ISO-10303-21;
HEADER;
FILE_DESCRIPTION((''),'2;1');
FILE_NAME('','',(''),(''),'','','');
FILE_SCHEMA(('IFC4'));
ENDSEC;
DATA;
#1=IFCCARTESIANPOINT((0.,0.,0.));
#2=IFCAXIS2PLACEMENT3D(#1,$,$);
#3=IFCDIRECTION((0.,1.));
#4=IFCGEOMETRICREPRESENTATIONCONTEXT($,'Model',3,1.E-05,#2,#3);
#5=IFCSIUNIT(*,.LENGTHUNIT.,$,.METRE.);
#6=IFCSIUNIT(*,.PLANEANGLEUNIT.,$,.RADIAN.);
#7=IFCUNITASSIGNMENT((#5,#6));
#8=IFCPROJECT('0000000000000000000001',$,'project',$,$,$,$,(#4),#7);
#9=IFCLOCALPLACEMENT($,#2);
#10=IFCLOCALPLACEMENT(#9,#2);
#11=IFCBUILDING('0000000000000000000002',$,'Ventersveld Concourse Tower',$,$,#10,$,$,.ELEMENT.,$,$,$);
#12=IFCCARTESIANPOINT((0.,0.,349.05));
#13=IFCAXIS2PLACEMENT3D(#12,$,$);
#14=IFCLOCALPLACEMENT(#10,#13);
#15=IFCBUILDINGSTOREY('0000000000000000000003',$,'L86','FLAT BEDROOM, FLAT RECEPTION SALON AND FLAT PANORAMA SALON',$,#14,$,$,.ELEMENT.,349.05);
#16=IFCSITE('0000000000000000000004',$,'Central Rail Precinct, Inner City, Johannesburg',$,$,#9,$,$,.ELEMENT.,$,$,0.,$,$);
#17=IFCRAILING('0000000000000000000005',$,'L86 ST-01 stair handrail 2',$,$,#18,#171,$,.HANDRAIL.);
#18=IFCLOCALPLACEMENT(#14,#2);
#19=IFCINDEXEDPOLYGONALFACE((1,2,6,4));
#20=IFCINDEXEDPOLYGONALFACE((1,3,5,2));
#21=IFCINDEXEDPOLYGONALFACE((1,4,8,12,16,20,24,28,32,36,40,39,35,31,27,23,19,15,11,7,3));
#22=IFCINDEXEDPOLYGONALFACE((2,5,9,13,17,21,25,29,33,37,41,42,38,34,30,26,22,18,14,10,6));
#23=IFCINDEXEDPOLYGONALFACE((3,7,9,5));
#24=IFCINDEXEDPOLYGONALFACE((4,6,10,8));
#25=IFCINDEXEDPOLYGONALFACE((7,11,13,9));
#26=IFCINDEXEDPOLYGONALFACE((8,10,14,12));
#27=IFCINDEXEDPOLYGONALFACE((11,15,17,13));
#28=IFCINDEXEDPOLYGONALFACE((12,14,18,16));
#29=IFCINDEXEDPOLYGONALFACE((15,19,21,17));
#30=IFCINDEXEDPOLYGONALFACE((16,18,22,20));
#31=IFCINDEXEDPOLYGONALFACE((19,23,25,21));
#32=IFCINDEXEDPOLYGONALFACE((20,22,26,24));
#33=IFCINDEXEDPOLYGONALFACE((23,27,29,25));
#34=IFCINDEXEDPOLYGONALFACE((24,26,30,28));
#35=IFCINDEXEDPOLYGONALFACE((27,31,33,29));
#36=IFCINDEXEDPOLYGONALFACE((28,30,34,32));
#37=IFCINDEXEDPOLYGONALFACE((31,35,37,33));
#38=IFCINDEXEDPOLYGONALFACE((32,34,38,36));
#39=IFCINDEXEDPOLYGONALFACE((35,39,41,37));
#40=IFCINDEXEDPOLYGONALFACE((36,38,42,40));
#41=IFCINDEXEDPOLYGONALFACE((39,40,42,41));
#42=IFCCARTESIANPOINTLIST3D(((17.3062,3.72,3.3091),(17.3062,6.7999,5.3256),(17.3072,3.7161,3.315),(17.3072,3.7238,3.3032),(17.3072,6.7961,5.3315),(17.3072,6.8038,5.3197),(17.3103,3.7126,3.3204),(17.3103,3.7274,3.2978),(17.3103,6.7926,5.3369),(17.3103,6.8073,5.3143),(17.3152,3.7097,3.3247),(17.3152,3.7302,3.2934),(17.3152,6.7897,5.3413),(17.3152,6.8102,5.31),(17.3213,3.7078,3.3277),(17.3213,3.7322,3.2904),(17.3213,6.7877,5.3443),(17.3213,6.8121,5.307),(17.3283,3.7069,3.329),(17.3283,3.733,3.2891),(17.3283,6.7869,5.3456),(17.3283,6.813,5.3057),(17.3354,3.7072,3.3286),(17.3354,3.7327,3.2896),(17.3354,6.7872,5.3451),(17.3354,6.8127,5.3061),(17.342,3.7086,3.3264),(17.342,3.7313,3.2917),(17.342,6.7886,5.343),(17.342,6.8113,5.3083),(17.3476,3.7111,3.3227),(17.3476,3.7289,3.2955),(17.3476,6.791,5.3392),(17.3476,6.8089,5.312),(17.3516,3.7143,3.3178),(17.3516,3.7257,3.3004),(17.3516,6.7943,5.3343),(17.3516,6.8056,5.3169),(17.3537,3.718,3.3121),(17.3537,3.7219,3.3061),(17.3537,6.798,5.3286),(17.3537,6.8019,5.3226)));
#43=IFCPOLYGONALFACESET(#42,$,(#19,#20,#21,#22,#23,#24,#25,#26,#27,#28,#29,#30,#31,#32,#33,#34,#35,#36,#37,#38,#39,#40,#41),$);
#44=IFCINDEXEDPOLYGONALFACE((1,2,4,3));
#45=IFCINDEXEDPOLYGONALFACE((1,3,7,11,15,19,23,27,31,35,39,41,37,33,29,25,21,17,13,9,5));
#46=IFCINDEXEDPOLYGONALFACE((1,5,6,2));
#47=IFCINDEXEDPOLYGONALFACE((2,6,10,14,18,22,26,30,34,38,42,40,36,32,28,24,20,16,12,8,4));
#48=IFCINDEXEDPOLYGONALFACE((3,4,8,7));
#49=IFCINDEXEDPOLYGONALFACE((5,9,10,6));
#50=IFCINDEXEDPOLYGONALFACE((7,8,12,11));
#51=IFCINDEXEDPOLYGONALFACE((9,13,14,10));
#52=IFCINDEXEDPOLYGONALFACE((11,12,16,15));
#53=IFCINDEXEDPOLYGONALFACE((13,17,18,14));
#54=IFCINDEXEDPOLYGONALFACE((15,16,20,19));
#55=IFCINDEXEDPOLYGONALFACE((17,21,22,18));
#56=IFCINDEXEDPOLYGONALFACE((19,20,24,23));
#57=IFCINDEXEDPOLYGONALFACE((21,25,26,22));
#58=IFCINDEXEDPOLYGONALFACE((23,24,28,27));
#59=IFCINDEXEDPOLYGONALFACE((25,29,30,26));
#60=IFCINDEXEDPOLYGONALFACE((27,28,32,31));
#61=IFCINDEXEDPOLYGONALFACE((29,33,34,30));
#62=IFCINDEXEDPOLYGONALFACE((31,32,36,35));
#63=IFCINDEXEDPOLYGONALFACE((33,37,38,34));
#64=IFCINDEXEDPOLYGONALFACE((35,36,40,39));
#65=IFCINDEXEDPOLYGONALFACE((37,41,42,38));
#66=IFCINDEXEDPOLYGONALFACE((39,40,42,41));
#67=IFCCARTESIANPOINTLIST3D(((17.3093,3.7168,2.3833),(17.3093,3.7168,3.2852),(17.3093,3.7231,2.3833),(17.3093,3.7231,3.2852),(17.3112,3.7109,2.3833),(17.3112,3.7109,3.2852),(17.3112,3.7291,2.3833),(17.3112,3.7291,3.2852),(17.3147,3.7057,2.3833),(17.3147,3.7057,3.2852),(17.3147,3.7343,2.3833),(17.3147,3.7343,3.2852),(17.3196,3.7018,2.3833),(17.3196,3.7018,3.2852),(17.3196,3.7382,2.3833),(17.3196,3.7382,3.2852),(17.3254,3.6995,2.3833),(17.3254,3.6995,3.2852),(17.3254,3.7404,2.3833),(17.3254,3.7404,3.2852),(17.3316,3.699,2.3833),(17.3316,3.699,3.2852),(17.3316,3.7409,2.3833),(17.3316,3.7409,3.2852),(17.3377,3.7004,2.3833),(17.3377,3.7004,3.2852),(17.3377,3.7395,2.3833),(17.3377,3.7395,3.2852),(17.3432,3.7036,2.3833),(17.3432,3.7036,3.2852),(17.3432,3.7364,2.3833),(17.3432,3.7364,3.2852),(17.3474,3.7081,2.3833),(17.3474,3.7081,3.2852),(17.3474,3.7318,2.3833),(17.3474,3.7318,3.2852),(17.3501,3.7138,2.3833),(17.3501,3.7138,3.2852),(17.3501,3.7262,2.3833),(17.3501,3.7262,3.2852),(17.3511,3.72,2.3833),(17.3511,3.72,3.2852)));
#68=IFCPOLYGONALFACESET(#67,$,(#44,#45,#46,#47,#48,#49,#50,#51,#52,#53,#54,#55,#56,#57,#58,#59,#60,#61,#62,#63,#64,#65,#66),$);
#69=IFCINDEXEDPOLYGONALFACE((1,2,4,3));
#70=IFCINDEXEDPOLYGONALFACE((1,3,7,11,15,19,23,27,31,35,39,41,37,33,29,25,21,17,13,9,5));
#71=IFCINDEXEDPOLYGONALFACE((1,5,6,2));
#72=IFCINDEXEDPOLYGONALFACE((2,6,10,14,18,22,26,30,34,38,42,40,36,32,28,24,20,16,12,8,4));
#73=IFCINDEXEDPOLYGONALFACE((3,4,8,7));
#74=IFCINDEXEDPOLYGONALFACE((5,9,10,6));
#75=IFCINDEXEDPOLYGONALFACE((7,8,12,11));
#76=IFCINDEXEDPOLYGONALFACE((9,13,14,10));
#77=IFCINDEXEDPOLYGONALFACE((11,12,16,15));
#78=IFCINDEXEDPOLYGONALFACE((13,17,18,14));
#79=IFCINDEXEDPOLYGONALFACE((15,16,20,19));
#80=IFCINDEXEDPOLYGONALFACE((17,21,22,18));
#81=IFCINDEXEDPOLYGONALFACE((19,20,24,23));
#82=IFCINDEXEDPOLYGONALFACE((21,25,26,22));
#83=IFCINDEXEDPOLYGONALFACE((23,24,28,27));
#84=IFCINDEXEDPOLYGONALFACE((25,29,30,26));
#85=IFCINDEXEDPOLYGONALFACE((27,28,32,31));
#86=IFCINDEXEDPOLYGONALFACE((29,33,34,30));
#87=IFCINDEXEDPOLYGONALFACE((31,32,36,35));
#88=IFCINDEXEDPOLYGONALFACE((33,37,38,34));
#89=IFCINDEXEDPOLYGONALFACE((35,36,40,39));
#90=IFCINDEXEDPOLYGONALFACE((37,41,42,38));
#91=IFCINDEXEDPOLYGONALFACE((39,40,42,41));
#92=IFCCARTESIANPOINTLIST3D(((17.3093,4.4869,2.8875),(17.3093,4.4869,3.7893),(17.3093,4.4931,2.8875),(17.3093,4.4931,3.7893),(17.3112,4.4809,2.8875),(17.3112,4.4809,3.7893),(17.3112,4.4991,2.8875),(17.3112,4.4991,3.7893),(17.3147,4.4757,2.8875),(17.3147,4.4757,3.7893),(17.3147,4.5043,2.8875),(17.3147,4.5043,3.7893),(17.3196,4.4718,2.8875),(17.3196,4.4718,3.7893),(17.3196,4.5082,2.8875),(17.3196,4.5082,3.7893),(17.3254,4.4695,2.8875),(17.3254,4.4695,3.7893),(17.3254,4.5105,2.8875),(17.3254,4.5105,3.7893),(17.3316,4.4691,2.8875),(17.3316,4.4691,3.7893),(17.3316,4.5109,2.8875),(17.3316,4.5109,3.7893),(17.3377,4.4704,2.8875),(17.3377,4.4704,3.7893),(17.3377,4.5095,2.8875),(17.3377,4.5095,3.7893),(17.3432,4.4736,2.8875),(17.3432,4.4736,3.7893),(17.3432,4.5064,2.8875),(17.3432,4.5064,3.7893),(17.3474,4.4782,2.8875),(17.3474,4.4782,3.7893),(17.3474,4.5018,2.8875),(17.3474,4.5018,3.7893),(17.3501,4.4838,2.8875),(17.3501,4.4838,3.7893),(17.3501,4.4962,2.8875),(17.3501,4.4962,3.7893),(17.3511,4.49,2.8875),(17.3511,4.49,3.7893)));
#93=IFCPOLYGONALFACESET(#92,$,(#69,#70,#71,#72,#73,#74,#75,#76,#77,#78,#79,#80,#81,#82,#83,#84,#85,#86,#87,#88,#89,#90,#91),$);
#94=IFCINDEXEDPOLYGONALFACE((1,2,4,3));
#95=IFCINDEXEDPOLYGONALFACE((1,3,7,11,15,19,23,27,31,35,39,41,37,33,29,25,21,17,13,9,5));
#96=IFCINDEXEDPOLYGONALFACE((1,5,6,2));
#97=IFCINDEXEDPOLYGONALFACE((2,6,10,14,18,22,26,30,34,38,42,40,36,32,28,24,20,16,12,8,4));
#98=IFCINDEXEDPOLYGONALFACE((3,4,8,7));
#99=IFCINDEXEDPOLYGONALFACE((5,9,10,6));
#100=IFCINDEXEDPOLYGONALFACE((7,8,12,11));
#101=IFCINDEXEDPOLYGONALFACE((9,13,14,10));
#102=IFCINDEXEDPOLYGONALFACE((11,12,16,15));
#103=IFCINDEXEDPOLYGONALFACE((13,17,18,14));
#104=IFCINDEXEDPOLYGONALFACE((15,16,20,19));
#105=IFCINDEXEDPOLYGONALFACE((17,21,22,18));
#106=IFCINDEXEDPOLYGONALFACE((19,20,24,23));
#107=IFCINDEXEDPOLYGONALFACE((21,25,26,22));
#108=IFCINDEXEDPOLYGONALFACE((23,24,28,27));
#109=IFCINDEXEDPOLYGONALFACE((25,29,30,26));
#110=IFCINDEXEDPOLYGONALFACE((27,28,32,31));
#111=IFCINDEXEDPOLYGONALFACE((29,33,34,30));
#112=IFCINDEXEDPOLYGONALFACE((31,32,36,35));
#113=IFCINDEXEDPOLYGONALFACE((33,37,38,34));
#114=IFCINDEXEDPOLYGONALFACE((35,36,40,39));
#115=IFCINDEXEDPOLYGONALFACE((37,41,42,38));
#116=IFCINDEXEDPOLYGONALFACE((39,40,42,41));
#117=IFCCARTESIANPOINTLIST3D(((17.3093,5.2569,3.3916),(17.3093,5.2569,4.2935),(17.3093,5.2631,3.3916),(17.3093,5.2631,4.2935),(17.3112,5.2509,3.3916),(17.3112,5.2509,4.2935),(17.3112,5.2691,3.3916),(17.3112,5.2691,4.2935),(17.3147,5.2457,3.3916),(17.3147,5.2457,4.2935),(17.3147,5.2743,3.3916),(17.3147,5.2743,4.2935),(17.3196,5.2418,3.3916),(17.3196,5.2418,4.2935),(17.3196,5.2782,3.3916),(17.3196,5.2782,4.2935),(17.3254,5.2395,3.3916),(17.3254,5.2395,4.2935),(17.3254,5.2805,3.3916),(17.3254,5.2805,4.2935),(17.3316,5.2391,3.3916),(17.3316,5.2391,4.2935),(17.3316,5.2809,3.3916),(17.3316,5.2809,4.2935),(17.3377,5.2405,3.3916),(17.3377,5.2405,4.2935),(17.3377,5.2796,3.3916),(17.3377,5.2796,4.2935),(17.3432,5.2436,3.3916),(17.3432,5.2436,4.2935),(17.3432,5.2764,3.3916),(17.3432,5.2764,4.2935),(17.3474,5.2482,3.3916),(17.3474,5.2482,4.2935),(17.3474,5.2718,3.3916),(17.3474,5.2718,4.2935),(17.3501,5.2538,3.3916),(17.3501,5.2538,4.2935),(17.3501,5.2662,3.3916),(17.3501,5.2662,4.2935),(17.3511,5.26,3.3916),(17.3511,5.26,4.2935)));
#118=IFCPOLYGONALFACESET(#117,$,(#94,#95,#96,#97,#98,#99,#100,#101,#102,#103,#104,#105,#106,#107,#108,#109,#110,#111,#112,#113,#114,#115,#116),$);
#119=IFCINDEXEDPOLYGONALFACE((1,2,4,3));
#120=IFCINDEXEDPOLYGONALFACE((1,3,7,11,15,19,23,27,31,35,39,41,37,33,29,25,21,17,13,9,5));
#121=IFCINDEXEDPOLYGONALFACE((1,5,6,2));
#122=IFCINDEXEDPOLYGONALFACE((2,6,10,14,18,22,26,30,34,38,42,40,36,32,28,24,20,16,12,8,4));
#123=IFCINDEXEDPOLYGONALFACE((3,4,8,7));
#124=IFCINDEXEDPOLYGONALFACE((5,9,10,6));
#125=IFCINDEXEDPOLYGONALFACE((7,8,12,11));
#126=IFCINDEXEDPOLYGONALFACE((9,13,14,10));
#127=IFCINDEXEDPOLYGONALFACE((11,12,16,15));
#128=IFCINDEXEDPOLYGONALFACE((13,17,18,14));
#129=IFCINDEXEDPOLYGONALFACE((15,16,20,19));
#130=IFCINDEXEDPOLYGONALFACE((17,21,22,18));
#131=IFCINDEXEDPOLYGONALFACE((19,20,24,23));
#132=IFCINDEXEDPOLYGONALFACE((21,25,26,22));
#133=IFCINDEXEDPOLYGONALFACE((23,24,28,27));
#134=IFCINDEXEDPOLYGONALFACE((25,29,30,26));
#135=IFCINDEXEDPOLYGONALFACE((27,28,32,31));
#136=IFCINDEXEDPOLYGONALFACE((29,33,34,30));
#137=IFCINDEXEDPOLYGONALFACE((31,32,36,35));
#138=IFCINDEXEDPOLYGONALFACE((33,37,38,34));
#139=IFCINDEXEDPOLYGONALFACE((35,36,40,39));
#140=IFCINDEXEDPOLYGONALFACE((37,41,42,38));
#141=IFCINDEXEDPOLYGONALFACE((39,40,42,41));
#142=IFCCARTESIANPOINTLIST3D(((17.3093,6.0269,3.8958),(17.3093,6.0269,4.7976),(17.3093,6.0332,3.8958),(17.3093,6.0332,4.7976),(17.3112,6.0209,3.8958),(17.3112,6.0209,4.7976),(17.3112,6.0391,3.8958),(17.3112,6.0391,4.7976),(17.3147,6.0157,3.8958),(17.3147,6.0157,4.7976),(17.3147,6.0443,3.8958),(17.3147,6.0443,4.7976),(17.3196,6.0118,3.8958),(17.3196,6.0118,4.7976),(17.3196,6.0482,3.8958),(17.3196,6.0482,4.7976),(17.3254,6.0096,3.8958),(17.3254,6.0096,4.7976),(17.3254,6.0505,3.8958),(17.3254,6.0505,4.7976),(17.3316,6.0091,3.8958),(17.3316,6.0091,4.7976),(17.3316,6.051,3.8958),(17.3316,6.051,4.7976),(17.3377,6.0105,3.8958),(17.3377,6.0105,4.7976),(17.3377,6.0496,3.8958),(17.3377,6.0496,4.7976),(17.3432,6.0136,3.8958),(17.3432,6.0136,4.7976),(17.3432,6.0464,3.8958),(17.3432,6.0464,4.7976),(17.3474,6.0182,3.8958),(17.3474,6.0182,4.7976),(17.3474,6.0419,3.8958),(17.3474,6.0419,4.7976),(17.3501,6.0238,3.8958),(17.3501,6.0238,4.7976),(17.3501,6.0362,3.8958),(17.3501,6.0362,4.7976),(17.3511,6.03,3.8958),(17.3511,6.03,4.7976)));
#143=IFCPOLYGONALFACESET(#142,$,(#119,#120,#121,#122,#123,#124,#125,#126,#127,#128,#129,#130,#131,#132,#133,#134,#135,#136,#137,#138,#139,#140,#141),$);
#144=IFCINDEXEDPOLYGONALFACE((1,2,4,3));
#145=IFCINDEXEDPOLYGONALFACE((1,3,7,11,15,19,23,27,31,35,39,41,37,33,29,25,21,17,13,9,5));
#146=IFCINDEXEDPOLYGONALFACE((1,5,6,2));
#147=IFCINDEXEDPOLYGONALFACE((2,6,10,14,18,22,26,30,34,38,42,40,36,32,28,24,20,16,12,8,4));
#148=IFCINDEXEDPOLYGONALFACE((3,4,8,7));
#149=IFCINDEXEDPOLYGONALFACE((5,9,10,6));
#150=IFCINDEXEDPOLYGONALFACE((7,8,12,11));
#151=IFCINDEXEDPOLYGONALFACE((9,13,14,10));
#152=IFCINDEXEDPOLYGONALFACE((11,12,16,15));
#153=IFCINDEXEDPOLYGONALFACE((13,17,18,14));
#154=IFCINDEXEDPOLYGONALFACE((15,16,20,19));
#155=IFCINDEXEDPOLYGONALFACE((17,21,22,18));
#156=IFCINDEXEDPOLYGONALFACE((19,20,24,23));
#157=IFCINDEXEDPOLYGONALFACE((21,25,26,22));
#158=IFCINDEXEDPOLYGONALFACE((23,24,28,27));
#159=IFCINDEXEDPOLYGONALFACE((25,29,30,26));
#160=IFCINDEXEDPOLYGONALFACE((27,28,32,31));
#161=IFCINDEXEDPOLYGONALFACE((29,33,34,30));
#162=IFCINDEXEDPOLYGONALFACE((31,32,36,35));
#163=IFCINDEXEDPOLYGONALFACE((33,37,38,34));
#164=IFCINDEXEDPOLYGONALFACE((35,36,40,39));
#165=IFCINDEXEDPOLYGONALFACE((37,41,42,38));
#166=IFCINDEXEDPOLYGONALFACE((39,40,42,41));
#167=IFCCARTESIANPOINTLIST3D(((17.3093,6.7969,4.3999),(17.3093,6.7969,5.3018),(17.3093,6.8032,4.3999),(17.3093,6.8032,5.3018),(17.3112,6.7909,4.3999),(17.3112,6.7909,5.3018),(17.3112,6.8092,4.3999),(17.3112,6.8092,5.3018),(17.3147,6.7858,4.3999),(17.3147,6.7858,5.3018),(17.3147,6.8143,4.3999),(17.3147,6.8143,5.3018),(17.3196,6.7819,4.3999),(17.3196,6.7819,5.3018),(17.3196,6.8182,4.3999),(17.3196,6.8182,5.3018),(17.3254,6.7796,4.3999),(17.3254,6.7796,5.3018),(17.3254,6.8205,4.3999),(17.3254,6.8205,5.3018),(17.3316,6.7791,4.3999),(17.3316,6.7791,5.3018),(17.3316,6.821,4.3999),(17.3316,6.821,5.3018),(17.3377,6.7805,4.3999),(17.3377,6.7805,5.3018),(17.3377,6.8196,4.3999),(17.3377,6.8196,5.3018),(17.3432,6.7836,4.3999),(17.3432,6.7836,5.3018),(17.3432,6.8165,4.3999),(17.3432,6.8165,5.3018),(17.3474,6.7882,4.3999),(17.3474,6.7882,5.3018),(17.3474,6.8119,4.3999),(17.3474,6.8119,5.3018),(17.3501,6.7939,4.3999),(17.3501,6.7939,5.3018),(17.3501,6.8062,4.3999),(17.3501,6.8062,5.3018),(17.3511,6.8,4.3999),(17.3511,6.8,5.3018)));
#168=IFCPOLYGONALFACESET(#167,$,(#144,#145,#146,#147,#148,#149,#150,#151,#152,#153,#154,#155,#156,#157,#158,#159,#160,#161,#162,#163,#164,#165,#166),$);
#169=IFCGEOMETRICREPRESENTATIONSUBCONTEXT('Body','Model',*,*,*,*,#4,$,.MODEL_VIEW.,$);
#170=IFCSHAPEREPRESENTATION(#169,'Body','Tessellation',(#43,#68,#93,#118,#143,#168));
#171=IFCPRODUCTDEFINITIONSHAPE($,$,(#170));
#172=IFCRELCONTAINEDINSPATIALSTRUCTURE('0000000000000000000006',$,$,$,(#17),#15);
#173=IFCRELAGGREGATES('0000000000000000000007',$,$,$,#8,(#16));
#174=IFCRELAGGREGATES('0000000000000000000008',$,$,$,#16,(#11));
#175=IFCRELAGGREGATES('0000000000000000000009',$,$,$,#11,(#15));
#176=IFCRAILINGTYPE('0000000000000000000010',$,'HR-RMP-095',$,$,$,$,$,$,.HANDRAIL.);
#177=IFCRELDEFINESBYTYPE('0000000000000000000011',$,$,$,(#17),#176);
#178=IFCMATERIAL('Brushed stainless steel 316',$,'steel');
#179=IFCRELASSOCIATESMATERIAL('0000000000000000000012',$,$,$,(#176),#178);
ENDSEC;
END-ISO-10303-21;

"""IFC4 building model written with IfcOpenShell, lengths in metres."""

from ifc_helpers import new_model, si_unit, direction, frame, origin, origin_2d, place, context, subcontext, project, spatial, circle, extrude, material, type_object, element, save


model = new_model("IFC4")

# Units and contexts
model_context = context("Model", 3, precision=1e-05, world=origin(), true_north=direction((0.0, 1.0)))
body_context = subcontext(model_context, "Body", "Model", "MODEL_VIEW")
ifc_project = project(units=[si_unit("LENGTHUNIT", "METRE"), si_unit("PLANEANGLEUNIT", "RADIAN")], contexts=[model_context])

# Site, building, storey
site_placement = place(None, origin())
site = spatial("IfcSite", under=ifc_project, at=site_placement, Name="Central Rail Precinct, Inner City, Johannesburg", CompositionType="ELEMENT", RefElevation=0.0)
building_placement = place(site_placement, origin())
building = spatial("IfcBuilding", under=site, at=building_placement, Name="Ventersveld Concourse Tower", CompositionType="ELEMENT")
storey_placement = place(building_placement, frame((0.0, 0.0, 349.05)))
storey = spatial("IfcBuildingStorey", under=building, at=storey_placement, Name="L86", Description="FLAT BEDROOM, FLAT RECEPTION SALON AND FLAT PANORAMA SALON", CompositionType="ELEMENT", Elevation=349.05)

# Shared definitions
ifc_material_1 = material(Name="Brushed stainless steel 316", Category="steel")

# Railing
railing_type_1 = type_object("IfcRailingType", Name="HR-RMP-095", PredefinedType="HANDRAIL", material=ifc_material_1)
railing_1_placement = place(storey_placement, frame((17.3301, 3.72, 2.3833)))
element("IfcRailing", 1, at=railing_1_placement, inside=storey, type_object=railing_type_1, Name="L86 ST-01 stair handrail 2", PredefinedType="HANDRAIL", context=body_context, shape_type="SweptSolid", body=[
    extrude(circle(Radius=0.0239, at=origin_2d()), frame((0.0, 0.0, 0.9258), z_axis=(0.0, 0.836633, 0.547764), x_axis=(-1.0, 0.0, 0.0)), (0.0, 0.0, 1.0), 3.6814),
    extrude(circle(Radius=0.021, at=origin_2d()), origin(), (0.0, 0.0, 1.0), 0.9019),
    extrude(circle(Radius=0.021, at=origin_2d()), frame((0.0, 0.77, 0.5042)), (0.0, 0.0, 1.0), 0.9019),
    extrude(circle(Radius=0.021, at=origin_2d()), frame((0.0, 1.54, 1.0083)), (0.0, 0.0, 1.0), 0.9019),
    extrude(circle(Radius=0.021, at=origin_2d()), frame((0.0, 2.3101, 1.5125)), (0.0, 0.0, 1.0), 0.9019),
    extrude(circle(Radius=0.021, at=origin_2d()), frame((0.0, 3.0801, 2.0166)), (0.0, 0.0, 1.0), 0.9019),
])

save(model, "model.ifc")
